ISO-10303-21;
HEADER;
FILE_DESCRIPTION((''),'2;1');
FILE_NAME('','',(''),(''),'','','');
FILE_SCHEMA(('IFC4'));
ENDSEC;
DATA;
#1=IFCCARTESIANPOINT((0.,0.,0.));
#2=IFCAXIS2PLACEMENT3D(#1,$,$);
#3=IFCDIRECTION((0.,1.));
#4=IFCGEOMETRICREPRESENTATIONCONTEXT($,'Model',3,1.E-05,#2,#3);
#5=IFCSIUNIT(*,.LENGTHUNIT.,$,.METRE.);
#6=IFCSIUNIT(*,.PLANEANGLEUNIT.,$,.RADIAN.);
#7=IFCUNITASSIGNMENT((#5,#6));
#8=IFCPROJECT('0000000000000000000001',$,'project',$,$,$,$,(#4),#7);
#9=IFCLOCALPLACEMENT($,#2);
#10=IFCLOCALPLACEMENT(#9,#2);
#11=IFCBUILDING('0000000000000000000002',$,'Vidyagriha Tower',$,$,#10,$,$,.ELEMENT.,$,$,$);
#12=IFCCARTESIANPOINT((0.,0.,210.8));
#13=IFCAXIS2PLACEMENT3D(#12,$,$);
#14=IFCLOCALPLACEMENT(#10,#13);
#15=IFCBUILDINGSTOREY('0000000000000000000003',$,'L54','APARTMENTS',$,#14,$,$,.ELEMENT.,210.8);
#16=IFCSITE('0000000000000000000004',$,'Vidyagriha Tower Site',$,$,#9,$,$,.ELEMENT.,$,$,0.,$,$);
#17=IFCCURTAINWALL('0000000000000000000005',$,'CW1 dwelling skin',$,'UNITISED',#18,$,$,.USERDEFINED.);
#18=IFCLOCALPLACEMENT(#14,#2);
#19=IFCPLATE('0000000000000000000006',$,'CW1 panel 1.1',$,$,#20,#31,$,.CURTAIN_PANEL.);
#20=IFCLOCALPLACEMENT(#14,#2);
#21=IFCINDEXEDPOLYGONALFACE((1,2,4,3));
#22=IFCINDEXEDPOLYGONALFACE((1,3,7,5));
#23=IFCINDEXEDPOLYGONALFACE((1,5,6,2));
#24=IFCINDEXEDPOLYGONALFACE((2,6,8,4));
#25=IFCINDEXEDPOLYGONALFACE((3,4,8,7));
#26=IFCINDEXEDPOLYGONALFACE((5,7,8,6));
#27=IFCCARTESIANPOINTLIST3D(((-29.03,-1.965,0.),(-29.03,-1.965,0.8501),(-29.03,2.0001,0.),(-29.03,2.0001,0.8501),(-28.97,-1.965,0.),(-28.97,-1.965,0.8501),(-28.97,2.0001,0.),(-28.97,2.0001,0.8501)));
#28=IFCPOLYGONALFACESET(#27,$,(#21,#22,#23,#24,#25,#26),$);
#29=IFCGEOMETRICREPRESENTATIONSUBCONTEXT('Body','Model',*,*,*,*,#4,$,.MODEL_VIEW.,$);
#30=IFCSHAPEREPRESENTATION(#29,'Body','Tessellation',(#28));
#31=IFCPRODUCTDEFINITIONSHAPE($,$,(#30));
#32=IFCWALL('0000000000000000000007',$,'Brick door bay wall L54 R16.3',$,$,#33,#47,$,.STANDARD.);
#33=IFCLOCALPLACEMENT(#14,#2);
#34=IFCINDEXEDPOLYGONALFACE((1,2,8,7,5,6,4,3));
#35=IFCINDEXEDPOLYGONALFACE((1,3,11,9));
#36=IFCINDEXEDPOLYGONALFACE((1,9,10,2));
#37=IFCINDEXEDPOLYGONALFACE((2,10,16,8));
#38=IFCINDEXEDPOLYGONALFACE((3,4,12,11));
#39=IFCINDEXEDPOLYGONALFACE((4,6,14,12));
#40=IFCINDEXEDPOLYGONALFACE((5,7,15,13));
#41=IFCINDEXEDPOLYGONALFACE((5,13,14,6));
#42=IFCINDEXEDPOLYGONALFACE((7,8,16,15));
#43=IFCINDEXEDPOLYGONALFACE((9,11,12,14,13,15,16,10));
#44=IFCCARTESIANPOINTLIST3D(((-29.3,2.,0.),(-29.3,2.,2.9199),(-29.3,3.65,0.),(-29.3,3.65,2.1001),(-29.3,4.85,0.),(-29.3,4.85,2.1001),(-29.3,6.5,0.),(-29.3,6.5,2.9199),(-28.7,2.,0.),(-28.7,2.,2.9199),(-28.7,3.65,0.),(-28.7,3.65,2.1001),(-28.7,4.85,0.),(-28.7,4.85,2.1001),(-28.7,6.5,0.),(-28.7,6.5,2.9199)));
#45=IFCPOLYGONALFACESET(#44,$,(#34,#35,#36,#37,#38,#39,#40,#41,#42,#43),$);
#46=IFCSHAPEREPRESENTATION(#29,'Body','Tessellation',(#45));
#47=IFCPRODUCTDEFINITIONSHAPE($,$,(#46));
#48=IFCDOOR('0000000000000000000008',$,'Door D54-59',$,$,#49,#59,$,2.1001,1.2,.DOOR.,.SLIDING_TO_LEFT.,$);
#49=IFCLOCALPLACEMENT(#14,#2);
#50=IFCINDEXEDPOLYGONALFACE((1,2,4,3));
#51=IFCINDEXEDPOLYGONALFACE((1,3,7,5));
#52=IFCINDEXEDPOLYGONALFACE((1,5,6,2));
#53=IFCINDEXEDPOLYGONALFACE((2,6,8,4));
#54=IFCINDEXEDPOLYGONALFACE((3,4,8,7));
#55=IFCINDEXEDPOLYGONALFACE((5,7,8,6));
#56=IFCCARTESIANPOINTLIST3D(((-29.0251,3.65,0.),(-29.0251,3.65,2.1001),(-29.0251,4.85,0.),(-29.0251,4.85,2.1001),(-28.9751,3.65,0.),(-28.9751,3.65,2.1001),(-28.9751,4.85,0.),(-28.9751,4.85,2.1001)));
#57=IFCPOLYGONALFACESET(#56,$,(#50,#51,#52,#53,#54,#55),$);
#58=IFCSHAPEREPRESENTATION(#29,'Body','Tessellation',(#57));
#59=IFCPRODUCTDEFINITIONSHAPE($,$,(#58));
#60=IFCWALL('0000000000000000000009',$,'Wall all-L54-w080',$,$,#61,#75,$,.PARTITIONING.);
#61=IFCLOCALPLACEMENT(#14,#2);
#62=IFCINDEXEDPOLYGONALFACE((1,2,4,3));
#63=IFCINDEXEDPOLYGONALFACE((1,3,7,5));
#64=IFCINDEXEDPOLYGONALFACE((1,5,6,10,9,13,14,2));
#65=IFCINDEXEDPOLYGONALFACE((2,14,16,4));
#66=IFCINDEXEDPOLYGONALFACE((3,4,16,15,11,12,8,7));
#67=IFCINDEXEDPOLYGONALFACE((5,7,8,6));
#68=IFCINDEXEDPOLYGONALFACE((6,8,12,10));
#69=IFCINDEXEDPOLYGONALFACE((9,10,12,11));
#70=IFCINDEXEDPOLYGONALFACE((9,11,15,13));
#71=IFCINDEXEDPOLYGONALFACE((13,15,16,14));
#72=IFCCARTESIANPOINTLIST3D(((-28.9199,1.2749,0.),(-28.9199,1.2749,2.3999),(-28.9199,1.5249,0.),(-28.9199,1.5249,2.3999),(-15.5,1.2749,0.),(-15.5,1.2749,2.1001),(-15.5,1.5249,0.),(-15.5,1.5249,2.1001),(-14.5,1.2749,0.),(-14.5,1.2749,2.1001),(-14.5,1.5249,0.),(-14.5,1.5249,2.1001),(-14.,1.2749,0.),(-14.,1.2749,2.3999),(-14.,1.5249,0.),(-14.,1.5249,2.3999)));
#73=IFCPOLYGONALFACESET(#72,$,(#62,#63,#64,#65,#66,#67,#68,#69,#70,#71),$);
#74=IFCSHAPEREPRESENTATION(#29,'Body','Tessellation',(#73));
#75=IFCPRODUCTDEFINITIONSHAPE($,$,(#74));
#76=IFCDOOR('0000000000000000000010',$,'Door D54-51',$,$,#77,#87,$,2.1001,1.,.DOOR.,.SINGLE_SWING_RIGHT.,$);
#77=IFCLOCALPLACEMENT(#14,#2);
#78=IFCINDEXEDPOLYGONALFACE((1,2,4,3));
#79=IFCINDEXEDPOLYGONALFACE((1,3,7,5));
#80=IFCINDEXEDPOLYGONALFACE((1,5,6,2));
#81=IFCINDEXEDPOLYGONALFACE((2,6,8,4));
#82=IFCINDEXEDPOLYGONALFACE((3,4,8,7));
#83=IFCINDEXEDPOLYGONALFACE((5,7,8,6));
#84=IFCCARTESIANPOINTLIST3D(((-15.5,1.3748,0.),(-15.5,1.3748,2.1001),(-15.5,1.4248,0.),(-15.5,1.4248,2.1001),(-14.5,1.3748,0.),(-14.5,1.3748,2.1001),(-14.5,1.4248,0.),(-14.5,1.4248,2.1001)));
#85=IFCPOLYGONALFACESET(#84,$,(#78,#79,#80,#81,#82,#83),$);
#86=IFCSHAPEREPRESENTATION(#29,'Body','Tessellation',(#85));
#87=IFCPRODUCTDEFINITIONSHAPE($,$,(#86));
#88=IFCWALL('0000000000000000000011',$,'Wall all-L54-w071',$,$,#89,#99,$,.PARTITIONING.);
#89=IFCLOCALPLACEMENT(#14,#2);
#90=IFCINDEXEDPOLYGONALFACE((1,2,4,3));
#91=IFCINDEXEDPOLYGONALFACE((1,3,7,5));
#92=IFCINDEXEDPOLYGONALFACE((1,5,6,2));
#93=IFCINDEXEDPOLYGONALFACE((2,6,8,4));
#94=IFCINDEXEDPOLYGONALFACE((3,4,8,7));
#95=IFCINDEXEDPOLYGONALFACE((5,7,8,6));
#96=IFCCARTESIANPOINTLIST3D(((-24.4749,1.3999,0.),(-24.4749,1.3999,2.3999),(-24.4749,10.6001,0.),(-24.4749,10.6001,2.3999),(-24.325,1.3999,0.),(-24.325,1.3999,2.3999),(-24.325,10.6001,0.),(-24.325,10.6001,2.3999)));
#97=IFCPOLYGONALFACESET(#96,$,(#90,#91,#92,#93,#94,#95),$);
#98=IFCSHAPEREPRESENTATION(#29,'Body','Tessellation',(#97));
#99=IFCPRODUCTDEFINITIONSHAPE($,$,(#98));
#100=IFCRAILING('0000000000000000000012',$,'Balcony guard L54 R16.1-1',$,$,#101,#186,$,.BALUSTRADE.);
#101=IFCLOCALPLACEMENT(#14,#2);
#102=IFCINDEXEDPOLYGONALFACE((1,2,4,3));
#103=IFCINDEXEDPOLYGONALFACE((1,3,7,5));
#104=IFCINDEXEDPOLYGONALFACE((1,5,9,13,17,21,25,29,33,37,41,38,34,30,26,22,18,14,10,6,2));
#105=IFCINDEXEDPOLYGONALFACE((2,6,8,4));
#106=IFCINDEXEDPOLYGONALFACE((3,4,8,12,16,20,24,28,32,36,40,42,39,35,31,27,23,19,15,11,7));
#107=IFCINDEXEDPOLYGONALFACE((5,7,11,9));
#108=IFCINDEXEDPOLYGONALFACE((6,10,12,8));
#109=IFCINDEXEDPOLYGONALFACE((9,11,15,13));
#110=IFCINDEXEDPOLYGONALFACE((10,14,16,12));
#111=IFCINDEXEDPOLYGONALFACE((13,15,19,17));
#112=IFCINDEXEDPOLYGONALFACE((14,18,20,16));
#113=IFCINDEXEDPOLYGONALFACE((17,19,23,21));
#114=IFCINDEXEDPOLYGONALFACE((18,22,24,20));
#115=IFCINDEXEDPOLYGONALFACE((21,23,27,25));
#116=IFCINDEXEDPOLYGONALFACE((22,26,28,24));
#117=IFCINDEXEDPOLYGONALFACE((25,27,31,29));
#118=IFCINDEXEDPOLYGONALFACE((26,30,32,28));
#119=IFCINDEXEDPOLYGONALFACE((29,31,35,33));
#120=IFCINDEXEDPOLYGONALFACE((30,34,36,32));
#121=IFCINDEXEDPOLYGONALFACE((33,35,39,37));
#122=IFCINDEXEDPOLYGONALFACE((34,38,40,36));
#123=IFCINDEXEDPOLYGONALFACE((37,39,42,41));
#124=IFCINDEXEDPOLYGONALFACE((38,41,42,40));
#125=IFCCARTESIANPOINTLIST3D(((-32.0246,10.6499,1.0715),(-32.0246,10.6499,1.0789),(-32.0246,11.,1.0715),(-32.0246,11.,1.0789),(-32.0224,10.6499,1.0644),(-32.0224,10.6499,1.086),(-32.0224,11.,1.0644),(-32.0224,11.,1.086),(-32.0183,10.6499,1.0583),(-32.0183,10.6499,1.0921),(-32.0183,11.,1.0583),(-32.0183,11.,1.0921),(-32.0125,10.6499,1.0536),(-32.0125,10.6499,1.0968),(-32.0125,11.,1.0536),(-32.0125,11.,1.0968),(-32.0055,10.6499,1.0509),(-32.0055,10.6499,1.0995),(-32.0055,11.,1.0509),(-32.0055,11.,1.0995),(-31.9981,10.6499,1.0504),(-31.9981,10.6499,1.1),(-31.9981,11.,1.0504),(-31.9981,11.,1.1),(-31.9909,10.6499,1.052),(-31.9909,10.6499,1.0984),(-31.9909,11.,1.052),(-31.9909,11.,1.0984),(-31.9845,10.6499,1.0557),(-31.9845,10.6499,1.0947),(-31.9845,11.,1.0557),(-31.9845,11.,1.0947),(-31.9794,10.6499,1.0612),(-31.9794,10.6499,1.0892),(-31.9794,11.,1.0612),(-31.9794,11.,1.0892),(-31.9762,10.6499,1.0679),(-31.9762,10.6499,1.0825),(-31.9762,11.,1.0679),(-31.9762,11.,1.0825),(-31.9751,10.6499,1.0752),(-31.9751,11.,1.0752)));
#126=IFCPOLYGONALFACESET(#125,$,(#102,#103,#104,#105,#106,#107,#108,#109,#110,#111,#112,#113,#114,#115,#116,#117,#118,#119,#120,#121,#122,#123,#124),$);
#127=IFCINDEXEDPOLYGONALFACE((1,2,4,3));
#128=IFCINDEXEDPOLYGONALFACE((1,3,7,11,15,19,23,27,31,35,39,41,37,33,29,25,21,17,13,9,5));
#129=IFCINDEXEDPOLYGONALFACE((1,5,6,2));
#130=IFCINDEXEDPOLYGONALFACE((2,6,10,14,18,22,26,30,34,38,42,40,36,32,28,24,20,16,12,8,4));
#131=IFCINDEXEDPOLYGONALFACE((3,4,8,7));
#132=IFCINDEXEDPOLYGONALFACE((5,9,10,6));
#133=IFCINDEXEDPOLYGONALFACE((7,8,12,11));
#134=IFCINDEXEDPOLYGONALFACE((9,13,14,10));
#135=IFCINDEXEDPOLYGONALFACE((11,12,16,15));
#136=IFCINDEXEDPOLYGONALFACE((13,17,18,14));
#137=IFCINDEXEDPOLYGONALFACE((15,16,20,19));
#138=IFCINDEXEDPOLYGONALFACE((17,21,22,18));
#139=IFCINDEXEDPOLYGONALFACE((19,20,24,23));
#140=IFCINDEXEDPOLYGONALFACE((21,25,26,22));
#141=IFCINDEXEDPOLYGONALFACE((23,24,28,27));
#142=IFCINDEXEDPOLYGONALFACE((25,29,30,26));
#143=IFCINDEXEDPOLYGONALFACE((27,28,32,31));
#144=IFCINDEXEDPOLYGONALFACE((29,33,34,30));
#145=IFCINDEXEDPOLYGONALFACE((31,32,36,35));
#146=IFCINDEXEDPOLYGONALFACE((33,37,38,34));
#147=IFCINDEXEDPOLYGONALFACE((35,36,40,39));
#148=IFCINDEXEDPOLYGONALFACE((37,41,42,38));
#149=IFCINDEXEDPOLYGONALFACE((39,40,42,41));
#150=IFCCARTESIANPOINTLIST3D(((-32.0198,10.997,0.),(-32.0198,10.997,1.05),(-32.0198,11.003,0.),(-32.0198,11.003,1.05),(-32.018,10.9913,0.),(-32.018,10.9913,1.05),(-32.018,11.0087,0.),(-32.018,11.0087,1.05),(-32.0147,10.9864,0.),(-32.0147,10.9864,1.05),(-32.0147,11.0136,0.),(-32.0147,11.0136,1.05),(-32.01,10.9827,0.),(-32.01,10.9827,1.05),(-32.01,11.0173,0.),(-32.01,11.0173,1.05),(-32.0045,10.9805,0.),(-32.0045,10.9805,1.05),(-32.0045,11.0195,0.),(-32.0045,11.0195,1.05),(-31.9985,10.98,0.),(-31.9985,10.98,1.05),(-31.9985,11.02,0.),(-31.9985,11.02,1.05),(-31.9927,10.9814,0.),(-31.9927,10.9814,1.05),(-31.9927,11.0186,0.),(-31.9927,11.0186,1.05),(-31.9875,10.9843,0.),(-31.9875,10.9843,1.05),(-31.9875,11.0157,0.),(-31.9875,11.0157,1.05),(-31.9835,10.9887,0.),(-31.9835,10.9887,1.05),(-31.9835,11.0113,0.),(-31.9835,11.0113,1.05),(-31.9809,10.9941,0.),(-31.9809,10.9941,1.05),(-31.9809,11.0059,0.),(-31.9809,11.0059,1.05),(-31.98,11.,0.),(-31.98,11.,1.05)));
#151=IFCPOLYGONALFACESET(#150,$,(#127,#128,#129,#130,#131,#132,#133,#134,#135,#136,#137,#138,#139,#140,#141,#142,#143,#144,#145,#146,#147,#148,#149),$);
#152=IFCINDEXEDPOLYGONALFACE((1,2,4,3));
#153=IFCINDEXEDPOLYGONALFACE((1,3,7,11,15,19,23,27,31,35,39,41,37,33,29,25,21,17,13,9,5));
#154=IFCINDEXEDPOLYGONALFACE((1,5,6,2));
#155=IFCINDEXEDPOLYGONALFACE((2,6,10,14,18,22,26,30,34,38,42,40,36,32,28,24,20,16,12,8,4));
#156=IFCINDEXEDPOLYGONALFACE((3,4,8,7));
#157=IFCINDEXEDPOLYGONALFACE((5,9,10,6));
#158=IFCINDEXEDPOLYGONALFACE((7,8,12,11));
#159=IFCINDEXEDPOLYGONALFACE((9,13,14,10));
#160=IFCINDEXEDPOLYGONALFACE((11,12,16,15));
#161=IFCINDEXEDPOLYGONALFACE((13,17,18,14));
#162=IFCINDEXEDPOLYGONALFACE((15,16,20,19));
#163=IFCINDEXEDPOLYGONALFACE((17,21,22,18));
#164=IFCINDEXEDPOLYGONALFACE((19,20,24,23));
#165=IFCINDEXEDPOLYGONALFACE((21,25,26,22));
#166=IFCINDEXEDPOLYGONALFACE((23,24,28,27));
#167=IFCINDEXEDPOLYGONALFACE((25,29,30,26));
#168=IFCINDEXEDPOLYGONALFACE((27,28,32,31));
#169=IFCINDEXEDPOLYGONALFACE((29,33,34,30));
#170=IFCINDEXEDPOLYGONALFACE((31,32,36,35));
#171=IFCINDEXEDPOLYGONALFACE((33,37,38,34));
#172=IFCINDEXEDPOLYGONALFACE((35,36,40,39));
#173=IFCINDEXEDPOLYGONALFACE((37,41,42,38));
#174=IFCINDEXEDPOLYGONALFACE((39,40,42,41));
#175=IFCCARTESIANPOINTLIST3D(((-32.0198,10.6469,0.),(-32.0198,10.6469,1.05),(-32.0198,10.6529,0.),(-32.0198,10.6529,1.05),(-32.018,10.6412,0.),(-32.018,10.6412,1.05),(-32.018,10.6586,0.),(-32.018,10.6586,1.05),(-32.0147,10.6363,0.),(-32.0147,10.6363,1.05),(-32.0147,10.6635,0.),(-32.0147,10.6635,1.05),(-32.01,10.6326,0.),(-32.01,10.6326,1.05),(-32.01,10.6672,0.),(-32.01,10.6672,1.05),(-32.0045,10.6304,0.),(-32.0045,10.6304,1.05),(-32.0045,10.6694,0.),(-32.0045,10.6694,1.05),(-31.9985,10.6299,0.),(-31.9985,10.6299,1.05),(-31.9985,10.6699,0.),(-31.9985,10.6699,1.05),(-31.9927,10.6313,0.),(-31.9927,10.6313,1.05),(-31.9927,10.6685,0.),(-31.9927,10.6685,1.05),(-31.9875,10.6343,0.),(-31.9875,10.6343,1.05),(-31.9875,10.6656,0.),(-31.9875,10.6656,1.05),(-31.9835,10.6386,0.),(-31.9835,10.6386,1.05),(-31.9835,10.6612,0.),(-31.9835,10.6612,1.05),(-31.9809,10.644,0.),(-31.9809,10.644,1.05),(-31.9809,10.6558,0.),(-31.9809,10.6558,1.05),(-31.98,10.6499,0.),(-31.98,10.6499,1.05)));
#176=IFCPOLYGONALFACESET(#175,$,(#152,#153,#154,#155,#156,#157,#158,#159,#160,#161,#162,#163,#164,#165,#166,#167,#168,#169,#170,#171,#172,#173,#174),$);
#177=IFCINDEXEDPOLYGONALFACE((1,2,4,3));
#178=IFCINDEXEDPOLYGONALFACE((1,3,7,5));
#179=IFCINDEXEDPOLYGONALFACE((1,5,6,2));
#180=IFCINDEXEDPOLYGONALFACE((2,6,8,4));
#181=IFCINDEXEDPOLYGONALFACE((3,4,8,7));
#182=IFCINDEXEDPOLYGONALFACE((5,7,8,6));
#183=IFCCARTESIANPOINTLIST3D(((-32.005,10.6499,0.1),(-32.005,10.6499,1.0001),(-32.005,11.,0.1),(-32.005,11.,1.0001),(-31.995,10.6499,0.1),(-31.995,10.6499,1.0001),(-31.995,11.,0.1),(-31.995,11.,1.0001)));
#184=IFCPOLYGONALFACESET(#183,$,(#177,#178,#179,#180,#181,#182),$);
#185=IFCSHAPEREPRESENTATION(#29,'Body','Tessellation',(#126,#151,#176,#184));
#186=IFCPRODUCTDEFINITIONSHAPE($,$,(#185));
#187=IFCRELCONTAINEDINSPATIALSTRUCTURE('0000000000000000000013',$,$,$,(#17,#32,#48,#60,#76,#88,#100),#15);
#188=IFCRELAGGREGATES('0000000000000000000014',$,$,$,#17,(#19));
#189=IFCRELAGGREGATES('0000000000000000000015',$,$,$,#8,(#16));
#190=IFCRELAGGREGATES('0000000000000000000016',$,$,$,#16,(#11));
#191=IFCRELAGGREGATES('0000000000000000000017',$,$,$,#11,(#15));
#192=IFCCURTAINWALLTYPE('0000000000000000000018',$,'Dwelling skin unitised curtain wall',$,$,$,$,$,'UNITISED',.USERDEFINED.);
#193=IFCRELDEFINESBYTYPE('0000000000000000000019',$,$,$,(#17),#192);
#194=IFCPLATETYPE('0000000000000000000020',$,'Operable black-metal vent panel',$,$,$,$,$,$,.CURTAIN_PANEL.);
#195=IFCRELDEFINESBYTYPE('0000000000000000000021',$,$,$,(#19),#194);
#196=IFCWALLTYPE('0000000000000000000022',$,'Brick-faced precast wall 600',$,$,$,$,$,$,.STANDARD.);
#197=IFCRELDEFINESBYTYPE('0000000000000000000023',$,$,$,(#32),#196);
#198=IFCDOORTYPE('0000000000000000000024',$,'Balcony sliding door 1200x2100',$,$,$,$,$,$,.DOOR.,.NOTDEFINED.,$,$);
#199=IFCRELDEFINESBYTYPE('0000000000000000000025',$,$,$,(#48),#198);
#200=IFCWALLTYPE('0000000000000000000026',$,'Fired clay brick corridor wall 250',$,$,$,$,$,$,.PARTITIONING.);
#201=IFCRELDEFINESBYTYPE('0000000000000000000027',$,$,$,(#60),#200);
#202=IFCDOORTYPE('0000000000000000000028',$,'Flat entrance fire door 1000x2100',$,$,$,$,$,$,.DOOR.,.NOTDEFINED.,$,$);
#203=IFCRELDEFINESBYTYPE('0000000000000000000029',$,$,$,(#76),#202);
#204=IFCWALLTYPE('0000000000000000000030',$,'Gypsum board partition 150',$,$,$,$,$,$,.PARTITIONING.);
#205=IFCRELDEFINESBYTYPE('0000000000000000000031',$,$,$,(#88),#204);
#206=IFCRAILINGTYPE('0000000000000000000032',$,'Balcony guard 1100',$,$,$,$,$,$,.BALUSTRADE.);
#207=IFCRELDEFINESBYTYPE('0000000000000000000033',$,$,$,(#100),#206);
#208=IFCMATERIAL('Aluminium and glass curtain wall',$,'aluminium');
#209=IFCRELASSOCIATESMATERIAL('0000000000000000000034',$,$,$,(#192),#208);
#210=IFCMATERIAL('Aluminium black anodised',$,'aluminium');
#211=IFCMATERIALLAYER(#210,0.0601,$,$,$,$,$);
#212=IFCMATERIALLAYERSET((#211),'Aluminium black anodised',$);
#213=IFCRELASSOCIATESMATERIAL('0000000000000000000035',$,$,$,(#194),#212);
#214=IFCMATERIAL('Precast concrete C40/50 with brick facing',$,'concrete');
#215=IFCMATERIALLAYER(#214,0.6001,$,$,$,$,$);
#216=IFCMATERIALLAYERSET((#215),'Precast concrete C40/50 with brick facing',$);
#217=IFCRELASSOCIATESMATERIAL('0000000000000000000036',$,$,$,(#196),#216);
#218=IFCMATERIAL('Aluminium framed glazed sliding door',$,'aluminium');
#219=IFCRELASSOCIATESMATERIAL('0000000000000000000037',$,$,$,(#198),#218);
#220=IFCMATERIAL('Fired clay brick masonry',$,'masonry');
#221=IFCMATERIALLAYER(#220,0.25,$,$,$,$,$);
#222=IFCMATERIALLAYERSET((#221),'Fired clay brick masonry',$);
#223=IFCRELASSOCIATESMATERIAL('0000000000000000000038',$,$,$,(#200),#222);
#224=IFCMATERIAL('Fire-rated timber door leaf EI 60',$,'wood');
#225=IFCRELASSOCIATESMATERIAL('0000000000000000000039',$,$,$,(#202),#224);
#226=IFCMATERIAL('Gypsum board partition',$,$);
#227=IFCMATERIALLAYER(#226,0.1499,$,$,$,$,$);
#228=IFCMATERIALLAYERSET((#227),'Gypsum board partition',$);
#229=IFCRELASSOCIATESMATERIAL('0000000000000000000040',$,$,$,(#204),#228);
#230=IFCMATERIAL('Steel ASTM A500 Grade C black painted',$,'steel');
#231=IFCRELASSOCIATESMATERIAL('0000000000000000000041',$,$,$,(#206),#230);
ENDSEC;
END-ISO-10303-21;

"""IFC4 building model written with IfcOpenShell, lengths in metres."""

from ifc_helpers import new_model, si_unit, direction, frame, frame_2d, origin, origin_2d, place, context, subcontext, project, spatial, rectangle, circle, extrude, material, layer, layer_set, type_object, element, fill, aggregate, save


model = new_model("IFC4")

# Units and contexts
model_context = context("Model", 3, precision=1e-05, world=origin(), true_north=direction((0.0, 1.0)))
body_context = subcontext(model_context, "Body", "Model", "MODEL_VIEW")
ifc_project = project(units=[si_unit("LENGTHUNIT", "METRE"), si_unit("PLANEANGLEUNIT", "RADIAN")], contexts=[model_context])

# Site, building, storey
site_placement = place(None, origin())
site = spatial("IfcSite", under=ifc_project, at=site_placement, Name="Vidyagriha Tower Site", CompositionType="ELEMENT", RefElevation=0.0)
building_placement = place(site_placement, origin())
building = spatial("IfcBuilding", under=site, at=building_placement, Name="Vidyagriha Tower", CompositionType="ELEMENT")
storey_placement = place(building_placement, frame((0.0, 0.0, 210.8)))
storey = spatial("IfcBuildingStorey", under=building, at=storey_placement, Name="L54", Description="APARTMENTS", CompositionType="ELEMENT", Elevation=210.8)

# Shared definitions
ifc_material_1 = material(Name="Aluminium and glass curtain wall", Category="aluminium")
curtain_wall_type = type_object("IfcCurtainWallType", Name="Dwelling skin unitised curtain wall", ElementType="UNITISED", PredefinedType="USERDEFINED", material=ifc_material_1)

# Curtain wall
curtain_wall_1_placement = place(storey_placement, origin())
curtain_wall_1 = element("IfcCurtainWall", 1, at=curtain_wall_1_placement, inside=storey, type_object=curtain_wall_type, Name="CW1 dwelling skin", ObjectType="UNITISED", PredefinedType="USERDEFINED")

# Plate
ifc_material_2 = material(Name="Aluminium black anodised", Category="aluminium")
ifc_layer_1 = layer(ifc_material_2, 0.0601)
ifc_layer_set_1 = layer_set([ifc_layer_1], Name="Aluminium black anodised")
plate_type_1 = type_object("IfcPlateType", Name="Operable black-metal vent panel", PredefinedType="CURTAIN_PANEL", material=ifc_layer_set_1)
plate_1_placement = place(storey_placement, frame((-29.0, 0.0176, 0.0), z_axis=(0.0, 0.0, 1.0), x_axis=(0.0, -1.0, 0.0)))
plate_1 = element("IfcPlate", 2, at=plate_1_placement, type_object=plate_type_1, Name="CW1 panel 1.1", PredefinedType="CURTAIN_PANEL", context=body_context, shape_type="SweptSolid", body=[
    extrude(rectangle(XDim=3.9651, YDim=0.0601, at=origin_2d()), origin(), (0.0, 0.0, 1.0), 0.8501),
])
aggregate(curtain_wall_1, [plate_1])

# Walls, openings, doors
ifc_material_3 = material(Name="Precast concrete C40/50 with brick facing", Category="concrete")
ifc_layer_2 = layer(ifc_material_3, 0.6001)
ifc_layer_set_2 = layer_set([ifc_layer_2], Name="Precast concrete C40/50 with brick facing")
wall_type_1 = type_object("IfcWallType", Name="Brick-faced precast wall 600", PredefinedType="STANDARD", material=ifc_layer_set_2)
wall_1_placement = place(storey_placement, frame((-29.0, 6.5, 0.0), z_axis=(0.0, 0.0, 1.0), x_axis=(0.0, -1.0, 0.0)))
wall_1 = element("IfcWall", 3, at=wall_1_placement, inside=storey, type_object=wall_type_1, Name="Brick door bay wall L54 R16.3", PredefinedType="STANDARD", context=body_context, shape_type="SweptSolid", body=[
    extrude(rectangle(XDim=4.5, YDim=0.6001, at=frame_2d((2.25, 0.0))), origin(), (0.0, 0.0, 1.0), 2.9199),
])
opening_1_placement = place(wall_1_placement, frame((1.6499, 0.0, 0.0)))
opening_1 = element("IfcOpeningElement", 4, at=opening_1_placement, cuts=wall_1, PredefinedType="OPENING", context=body_context, shape_type="SweptSolid", body=[
    extrude(rectangle(XDim=1.2, YDim=2.1001, at=frame_2d((0.6001, 1.05))), frame((0.0, 0.3101, 0.0), z_axis=(0.0, -1.0, 0.0), x_axis=(1.0, 0.0, 0.0)), (0.0, 0.0, 1.0), 0.6201),
])
ifc_material_4 = material(Name="Aluminium framed glazed sliding door", Category="aluminium")
door_type_1 = type_object("IfcDoorType", Name="Balcony sliding door 1200x2100", OperationType="NOTDEFINED", PredefinedType="DOOR", material=ifc_material_4)
door_1_placement = place(opening_1_placement, origin())
door_1 = element("IfcDoor", 5, at=door_1_placement, inside=storey, type_object=door_type_1, Name="Door D54-59", OperationType="SLIDING_TO_LEFT", OverallHeight=2.1001, OverallWidth=1.2, PredefinedType="DOOR", context=body_context, shape_type="SweptSolid", body=[
    extrude(rectangle(XDim=1.2, YDim=2.1001, at=frame_2d((0.6001, 1.05))), frame((0.0, 0.0249, 0.0), z_axis=(0.0, -1.0, 0.0), x_axis=(1.0, 0.0, 0.0)), (0.0, 0.0, 1.0), 0.05),
])
fill(opening_1, door_1)
ifc_material_5 = material(Name="Fired clay brick masonry", Category="masonry")
ifc_layer_3 = layer(ifc_material_5, 0.25)
ifc_layer_set_3 = layer_set([ifc_layer_3], Name="Fired clay brick masonry")
wall_type_2 = type_object("IfcWallType", Name="Fired clay brick corridor wall 250", PredefinedType="PARTITIONING", material=ifc_layer_set_3)
wall_2_placement = place(storey_placement, frame((-28.9199, 1.3999, 0.0)))
wall_2 = element("IfcWall", 6, at=wall_2_placement, inside=storey, type_object=wall_type_2, Name="Wall all-L54-w080", PredefinedType="PARTITIONING", context=body_context, shape_type="SweptSolid", body=[
    extrude(rectangle(XDim=14.9199, YDim=0.25, at=frame_2d((7.46, 0.0))), origin(), (0.0, 0.0, 1.0), 2.3999),
])
opening_2_placement = place(wall_2_placement, frame((13.4199, 0.0, 0.0)))
opening_2 = element("IfcOpeningElement", 7, at=opening_2_placement, cuts=wall_2, PredefinedType="OPENING", context=body_context, shape_type="SweptSolid", body=[
    extrude(rectangle(XDim=1.0, YDim=2.1001, at=frame_2d((0.5, 1.05))), frame((0.0, 0.135, 0.0), z_axis=(0.0, -1.0, 0.0), x_axis=(1.0, 0.0, 0.0)), (0.0, 0.0, 1.0), 0.27),
])
ifc_material_6 = material(Name="Fire-rated timber door leaf EI 60", Category="wood")
door_type_2 = type_object("IfcDoorType", Name="Flat entrance fire door 1000x2100", OperationType="NOTDEFINED", PredefinedType="DOOR", material=ifc_material_6)
door_2_placement = place(opening_2_placement, origin())
door_2 = element("IfcDoor", 8, at=door_2_placement, inside=storey, type_object=door_type_2, Name="Door D54-51", OperationType="SINGLE_SWING_RIGHT", OverallHeight=2.1001, OverallWidth=1.0, PredefinedType="DOOR", context=body_context, shape_type="SweptSolid", body=[
    extrude(rectangle(XDim=1.0, YDim=2.1001, at=frame_2d((0.5, 1.05))), frame((0.0, 0.0249, 0.0), z_axis=(0.0, -1.0, 0.0), x_axis=(1.0, 0.0, 0.0)), (0.0, 0.0, 1.0), 0.05),
])
fill(opening_2, door_2)

# Wall
ifc_material_7 = material(Name="Gypsum board partition")
ifc_layer_4 = layer(ifc_material_7, 0.1499)
ifc_layer_set_4 = layer_set([ifc_layer_4], Name="Gypsum board partition")
wall_type_3 = type_object("IfcWallType", Name="Gypsum board partition 150", PredefinedType="PARTITIONING", material=ifc_layer_set_4)
wall_3_placement = place(storey_placement, frame((-24.3999, 1.3999, 0.0), z_axis=(0.0, 0.0, 1.0), x_axis=(0.0, 1.0, 0.0)))
element("IfcWall", 9, at=wall_3_placement, inside=storey, type_object=wall_type_3, Name="Wall all-L54-w071", PredefinedType="PARTITIONING", context=body_context, shape_type="SweptSolid", body=[
    extrude(rectangle(XDim=9.2002, YDim=0.1499, at=frame_2d((4.6001, 0.0))), origin(), (0.0, 0.0, 1.0), 2.3999),
])

# Railing
ifc_material_8 = material(Name="Steel ASTM A500 Grade C black painted", Category="steel")
railing_type = type_object("IfcRailingType", Name="Balcony guard 1100", PredefinedType="BALUSTRADE", material=ifc_material_8)
railing_1_placement = place(storey_placement, frame((-32.0, 11.0, 0.0)))
element("IfcRailing", 10, at=railing_1_placement, inside=storey, type_object=railing_type, Name="Balcony guard L54 R16.1-1", PredefinedType="BALUSTRADE", context=body_context, shape_type="SweptSolid", body=[
    extrude(circle(Radius=0.0249, at=origin_2d()), frame((0.0, 0.0, 1.0752), z_axis=(0.0, -1.0, 0.0), x_axis=(1.0, 0.0, 0.0)), (0.0, 0.0, 1.0), 0.3501),
    extrude(circle(Radius=0.02, at=origin_2d()), origin(), (0.0, 0.0, 1.0), 1.05),
    extrude(circle(Radius=0.02, at=origin_2d()), frame((0.0, -0.3501, 0.0)), (0.0, 0.0, 1.0), 1.05),
    extrude(rectangle(XDim=0.01, YDim=0.9001, at=origin_2d()), frame((0.0, 0.0, 0.55), z_axis=(0.0, -1.0, 0.0), x_axis=(1.0, 0.0, 0.0)), (0.0, 0.0, 1.0), 0.3501),
])

save(model, "model.ifc")
